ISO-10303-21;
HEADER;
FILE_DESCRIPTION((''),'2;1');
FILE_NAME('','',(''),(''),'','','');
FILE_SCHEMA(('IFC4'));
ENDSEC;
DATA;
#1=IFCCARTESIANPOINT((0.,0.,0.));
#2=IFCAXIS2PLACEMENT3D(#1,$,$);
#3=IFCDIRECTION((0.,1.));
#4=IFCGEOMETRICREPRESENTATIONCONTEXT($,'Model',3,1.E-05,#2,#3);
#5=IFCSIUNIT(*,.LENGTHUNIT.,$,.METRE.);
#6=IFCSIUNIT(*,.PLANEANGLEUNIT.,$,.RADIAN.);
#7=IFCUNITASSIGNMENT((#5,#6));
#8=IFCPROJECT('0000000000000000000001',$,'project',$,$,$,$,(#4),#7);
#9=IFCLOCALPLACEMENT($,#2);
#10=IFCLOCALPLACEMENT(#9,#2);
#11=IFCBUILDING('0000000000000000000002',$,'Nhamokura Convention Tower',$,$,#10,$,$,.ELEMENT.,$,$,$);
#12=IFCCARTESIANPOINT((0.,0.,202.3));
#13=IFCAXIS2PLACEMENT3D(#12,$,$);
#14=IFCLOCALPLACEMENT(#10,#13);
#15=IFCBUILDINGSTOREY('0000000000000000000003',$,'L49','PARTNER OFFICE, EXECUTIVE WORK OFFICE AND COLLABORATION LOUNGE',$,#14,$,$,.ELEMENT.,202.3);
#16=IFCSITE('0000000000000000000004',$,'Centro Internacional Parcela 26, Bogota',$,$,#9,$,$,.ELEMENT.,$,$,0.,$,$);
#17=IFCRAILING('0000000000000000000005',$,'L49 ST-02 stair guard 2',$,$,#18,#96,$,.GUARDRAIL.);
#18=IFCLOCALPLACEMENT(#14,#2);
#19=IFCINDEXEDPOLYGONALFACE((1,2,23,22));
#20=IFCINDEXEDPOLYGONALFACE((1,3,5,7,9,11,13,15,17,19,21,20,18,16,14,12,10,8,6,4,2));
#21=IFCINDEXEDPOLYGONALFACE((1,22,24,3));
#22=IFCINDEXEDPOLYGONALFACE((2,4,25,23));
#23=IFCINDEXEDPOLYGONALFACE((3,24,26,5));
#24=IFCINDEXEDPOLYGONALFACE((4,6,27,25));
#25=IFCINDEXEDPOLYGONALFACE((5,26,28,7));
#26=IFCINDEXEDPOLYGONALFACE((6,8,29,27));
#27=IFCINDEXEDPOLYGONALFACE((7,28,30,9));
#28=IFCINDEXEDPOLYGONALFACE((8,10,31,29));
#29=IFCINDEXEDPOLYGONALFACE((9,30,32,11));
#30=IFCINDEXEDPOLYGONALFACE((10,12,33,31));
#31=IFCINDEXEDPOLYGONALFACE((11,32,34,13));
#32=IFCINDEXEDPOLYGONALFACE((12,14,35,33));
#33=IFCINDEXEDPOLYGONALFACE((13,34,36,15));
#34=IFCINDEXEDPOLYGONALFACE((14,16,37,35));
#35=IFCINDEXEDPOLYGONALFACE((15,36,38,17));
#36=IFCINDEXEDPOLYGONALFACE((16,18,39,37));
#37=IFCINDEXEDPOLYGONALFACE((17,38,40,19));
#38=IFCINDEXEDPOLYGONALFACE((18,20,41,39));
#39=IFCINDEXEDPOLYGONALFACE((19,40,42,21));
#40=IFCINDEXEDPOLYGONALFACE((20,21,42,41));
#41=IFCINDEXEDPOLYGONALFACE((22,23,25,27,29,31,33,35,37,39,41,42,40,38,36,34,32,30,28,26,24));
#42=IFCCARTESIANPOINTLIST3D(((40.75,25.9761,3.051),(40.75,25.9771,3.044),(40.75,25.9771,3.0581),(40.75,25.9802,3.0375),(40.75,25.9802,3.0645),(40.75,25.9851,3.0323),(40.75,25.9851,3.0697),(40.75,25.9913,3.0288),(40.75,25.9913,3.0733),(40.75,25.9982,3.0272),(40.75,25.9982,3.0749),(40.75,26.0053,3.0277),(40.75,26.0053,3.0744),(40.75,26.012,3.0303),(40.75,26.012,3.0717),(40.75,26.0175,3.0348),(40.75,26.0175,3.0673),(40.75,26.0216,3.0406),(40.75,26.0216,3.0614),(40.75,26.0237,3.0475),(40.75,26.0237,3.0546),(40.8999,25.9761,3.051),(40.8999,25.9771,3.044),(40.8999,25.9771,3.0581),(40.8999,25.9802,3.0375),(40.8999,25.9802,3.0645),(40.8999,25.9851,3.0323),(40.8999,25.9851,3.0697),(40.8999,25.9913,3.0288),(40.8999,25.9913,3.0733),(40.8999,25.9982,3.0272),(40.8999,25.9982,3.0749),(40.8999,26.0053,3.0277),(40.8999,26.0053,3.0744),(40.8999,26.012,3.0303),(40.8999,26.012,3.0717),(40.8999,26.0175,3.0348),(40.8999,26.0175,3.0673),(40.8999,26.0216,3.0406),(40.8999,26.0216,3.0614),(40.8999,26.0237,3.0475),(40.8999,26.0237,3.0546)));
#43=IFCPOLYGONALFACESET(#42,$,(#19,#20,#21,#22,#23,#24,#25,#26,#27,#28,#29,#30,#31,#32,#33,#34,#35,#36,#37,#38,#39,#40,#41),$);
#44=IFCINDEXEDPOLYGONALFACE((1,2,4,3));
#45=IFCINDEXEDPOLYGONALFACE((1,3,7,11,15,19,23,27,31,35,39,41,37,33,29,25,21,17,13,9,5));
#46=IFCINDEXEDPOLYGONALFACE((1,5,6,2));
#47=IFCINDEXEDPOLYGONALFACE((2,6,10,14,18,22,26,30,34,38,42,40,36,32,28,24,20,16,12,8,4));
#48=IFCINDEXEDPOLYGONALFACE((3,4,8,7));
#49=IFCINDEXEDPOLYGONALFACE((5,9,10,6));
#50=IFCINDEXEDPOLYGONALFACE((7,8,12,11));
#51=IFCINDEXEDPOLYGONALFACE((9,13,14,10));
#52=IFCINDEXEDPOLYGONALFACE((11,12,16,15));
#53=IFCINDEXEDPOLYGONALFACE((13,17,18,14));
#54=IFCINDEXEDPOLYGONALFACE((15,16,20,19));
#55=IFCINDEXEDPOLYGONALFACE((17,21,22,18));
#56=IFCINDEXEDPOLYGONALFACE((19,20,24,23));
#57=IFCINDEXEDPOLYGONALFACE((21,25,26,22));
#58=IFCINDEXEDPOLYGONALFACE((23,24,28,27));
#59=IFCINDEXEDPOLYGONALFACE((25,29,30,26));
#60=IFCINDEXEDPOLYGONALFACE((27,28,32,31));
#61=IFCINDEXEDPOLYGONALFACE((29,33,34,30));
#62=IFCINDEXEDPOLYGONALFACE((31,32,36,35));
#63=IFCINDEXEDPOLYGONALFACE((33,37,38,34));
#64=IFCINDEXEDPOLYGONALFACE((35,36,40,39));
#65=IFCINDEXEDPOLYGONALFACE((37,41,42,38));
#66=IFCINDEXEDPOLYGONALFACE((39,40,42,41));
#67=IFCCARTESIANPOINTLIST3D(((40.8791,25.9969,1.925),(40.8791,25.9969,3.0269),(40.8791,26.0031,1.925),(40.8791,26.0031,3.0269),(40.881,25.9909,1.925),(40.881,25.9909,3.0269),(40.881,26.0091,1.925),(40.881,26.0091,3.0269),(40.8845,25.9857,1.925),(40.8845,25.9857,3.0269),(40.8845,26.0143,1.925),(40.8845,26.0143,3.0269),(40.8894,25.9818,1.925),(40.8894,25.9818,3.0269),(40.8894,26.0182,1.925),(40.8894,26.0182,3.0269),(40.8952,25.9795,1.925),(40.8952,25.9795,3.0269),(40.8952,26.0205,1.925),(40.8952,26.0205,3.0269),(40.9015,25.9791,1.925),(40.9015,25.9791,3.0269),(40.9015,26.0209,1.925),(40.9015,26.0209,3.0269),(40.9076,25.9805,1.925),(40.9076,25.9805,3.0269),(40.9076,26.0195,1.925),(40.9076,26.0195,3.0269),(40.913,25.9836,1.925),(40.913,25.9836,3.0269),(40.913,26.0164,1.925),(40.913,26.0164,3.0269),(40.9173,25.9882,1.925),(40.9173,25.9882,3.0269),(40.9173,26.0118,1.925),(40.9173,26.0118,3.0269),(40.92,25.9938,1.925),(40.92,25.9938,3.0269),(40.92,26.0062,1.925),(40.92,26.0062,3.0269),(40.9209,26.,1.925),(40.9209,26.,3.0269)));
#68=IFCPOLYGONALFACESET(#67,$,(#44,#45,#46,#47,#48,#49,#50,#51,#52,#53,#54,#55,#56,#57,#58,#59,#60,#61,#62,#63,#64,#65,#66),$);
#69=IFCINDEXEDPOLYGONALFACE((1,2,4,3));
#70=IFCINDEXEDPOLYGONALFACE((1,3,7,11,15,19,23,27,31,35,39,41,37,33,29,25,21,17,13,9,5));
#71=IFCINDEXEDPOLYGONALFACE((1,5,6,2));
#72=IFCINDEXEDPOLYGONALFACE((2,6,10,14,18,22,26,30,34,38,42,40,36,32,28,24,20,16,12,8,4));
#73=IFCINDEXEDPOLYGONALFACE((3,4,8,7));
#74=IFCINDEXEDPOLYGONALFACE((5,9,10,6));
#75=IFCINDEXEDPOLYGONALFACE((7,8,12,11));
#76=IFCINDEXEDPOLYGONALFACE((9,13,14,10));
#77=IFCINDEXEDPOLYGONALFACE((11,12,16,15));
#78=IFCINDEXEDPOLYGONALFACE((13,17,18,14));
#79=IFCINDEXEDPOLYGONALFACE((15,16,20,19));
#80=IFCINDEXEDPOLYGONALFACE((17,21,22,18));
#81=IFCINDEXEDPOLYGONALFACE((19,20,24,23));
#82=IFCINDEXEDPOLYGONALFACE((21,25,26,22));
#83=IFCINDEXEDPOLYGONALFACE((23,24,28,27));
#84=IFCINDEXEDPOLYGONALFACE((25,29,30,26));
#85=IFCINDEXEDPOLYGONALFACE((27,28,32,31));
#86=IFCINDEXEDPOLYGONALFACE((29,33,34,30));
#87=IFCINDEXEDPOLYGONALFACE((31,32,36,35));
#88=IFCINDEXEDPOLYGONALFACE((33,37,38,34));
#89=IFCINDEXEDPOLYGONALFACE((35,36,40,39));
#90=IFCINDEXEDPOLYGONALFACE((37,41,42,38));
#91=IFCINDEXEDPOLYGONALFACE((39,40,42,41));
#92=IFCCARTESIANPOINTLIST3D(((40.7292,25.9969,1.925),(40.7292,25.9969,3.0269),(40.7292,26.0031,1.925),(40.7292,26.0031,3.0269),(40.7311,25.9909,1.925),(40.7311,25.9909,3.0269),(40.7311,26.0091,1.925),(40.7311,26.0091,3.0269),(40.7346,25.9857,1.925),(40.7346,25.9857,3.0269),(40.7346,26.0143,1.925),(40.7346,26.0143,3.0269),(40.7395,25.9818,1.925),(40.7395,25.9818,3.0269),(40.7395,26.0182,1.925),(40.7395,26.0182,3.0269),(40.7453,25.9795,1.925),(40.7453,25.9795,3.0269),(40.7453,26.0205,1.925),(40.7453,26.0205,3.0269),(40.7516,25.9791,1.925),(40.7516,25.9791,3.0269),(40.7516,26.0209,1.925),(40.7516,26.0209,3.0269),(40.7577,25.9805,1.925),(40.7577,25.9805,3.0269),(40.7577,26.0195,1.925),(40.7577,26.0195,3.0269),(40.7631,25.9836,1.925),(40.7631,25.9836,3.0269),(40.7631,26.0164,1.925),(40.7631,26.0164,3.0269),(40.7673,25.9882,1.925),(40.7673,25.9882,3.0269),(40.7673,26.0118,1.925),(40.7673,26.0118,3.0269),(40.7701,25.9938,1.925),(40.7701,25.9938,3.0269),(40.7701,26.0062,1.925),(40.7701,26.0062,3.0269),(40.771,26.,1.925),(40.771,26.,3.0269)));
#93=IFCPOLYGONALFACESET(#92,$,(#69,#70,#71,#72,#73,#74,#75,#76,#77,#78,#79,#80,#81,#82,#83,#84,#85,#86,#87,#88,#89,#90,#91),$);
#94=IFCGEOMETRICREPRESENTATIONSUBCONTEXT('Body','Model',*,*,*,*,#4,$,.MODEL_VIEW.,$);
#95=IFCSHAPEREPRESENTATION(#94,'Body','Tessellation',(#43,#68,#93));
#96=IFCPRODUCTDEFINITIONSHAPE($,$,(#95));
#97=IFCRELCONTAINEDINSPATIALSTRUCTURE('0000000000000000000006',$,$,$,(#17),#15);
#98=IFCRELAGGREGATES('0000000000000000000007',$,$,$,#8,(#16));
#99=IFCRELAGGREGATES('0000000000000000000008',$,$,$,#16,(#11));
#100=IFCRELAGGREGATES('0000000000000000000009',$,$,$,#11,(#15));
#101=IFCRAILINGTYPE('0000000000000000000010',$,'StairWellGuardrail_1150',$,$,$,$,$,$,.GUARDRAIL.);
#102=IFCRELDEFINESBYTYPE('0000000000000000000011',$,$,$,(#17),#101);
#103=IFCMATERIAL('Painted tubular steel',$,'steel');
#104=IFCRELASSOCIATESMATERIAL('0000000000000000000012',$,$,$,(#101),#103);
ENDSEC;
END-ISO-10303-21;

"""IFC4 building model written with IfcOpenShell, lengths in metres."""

from ifc_helpers import new_model, si_unit, direction, frame, origin, origin_2d, place, context, subcontext, project, spatial, circle, extrude, material, type_object, element, save


model = new_model("IFC4")

# Units and contexts
model_context = context("Model", 3, precision=1e-05, world=origin(), true_north=direction((0.0, 1.0)))
body_context = subcontext(model_context, "Body", "Model", "MODEL_VIEW")
ifc_project = project(units=[si_unit("LENGTHUNIT", "METRE"), si_unit("PLANEANGLEUNIT", "RADIAN")], contexts=[model_context])

# Site, building, storey
site_placement = place(None, origin())
site = spatial("IfcSite", under=ifc_project, at=site_placement, Name="Centro Internacional Parcela 26, Bogota", CompositionType="ELEMENT", RefElevation=0.0)
building_placement = place(site_placement, origin())
building = spatial("IfcBuilding", under=site, at=building_placement, Name="Nhamokura Convention Tower", CompositionType="ELEMENT")
storey_placement = place(building_placement, frame((0.0, 0.0, 202.3)))
storey = spatial("IfcBuildingStorey", under=building, at=storey_placement, Name="L49", Description="PARTNER OFFICE, EXECUTIVE WORK OFFICE AND COLLABORATION LOUNGE", CompositionType="ELEMENT", Elevation=202.3)

# Railing
ifc_material_1 = material(Name="Painted tubular steel", Category="steel")
railing_type_1 = type_object("IfcRailingType", Name="StairWellGuardrail_1150", PredefinedType="GUARDRAIL", material=ifc_material_1)
railing_1_placement = place(storey_placement, frame((40.8999, 26.0, 1.925)))
element("IfcRailing", 1, at=railing_1_placement, inside=storey, type_object=railing_type_1, Name="L49 ST-02 stair guard 2", PredefinedType="GUARDRAIL", context=body_context, shape_type="SweptSolid", body=[
    extrude(circle(Radius=0.0239, at=origin_2d()), frame((0.0, 0.0, 1.126), z_axis=(-1.0, 0.0, 0.0), x_axis=(0.0, -1.0, 0.0)), (0.0, 0.0, 1.0), 0.1499),
    extrude(circle(Radius=0.021, at=origin_2d()), origin(), (0.0, 0.0, 1.0), 1.1018),
    extrude(circle(Radius=0.021, at=origin_2d()), frame((-0.1499, 0.0, 0.0)), (0.0, 0.0, 1.0), 1.1018),
])

save(model, "model.ifc")
